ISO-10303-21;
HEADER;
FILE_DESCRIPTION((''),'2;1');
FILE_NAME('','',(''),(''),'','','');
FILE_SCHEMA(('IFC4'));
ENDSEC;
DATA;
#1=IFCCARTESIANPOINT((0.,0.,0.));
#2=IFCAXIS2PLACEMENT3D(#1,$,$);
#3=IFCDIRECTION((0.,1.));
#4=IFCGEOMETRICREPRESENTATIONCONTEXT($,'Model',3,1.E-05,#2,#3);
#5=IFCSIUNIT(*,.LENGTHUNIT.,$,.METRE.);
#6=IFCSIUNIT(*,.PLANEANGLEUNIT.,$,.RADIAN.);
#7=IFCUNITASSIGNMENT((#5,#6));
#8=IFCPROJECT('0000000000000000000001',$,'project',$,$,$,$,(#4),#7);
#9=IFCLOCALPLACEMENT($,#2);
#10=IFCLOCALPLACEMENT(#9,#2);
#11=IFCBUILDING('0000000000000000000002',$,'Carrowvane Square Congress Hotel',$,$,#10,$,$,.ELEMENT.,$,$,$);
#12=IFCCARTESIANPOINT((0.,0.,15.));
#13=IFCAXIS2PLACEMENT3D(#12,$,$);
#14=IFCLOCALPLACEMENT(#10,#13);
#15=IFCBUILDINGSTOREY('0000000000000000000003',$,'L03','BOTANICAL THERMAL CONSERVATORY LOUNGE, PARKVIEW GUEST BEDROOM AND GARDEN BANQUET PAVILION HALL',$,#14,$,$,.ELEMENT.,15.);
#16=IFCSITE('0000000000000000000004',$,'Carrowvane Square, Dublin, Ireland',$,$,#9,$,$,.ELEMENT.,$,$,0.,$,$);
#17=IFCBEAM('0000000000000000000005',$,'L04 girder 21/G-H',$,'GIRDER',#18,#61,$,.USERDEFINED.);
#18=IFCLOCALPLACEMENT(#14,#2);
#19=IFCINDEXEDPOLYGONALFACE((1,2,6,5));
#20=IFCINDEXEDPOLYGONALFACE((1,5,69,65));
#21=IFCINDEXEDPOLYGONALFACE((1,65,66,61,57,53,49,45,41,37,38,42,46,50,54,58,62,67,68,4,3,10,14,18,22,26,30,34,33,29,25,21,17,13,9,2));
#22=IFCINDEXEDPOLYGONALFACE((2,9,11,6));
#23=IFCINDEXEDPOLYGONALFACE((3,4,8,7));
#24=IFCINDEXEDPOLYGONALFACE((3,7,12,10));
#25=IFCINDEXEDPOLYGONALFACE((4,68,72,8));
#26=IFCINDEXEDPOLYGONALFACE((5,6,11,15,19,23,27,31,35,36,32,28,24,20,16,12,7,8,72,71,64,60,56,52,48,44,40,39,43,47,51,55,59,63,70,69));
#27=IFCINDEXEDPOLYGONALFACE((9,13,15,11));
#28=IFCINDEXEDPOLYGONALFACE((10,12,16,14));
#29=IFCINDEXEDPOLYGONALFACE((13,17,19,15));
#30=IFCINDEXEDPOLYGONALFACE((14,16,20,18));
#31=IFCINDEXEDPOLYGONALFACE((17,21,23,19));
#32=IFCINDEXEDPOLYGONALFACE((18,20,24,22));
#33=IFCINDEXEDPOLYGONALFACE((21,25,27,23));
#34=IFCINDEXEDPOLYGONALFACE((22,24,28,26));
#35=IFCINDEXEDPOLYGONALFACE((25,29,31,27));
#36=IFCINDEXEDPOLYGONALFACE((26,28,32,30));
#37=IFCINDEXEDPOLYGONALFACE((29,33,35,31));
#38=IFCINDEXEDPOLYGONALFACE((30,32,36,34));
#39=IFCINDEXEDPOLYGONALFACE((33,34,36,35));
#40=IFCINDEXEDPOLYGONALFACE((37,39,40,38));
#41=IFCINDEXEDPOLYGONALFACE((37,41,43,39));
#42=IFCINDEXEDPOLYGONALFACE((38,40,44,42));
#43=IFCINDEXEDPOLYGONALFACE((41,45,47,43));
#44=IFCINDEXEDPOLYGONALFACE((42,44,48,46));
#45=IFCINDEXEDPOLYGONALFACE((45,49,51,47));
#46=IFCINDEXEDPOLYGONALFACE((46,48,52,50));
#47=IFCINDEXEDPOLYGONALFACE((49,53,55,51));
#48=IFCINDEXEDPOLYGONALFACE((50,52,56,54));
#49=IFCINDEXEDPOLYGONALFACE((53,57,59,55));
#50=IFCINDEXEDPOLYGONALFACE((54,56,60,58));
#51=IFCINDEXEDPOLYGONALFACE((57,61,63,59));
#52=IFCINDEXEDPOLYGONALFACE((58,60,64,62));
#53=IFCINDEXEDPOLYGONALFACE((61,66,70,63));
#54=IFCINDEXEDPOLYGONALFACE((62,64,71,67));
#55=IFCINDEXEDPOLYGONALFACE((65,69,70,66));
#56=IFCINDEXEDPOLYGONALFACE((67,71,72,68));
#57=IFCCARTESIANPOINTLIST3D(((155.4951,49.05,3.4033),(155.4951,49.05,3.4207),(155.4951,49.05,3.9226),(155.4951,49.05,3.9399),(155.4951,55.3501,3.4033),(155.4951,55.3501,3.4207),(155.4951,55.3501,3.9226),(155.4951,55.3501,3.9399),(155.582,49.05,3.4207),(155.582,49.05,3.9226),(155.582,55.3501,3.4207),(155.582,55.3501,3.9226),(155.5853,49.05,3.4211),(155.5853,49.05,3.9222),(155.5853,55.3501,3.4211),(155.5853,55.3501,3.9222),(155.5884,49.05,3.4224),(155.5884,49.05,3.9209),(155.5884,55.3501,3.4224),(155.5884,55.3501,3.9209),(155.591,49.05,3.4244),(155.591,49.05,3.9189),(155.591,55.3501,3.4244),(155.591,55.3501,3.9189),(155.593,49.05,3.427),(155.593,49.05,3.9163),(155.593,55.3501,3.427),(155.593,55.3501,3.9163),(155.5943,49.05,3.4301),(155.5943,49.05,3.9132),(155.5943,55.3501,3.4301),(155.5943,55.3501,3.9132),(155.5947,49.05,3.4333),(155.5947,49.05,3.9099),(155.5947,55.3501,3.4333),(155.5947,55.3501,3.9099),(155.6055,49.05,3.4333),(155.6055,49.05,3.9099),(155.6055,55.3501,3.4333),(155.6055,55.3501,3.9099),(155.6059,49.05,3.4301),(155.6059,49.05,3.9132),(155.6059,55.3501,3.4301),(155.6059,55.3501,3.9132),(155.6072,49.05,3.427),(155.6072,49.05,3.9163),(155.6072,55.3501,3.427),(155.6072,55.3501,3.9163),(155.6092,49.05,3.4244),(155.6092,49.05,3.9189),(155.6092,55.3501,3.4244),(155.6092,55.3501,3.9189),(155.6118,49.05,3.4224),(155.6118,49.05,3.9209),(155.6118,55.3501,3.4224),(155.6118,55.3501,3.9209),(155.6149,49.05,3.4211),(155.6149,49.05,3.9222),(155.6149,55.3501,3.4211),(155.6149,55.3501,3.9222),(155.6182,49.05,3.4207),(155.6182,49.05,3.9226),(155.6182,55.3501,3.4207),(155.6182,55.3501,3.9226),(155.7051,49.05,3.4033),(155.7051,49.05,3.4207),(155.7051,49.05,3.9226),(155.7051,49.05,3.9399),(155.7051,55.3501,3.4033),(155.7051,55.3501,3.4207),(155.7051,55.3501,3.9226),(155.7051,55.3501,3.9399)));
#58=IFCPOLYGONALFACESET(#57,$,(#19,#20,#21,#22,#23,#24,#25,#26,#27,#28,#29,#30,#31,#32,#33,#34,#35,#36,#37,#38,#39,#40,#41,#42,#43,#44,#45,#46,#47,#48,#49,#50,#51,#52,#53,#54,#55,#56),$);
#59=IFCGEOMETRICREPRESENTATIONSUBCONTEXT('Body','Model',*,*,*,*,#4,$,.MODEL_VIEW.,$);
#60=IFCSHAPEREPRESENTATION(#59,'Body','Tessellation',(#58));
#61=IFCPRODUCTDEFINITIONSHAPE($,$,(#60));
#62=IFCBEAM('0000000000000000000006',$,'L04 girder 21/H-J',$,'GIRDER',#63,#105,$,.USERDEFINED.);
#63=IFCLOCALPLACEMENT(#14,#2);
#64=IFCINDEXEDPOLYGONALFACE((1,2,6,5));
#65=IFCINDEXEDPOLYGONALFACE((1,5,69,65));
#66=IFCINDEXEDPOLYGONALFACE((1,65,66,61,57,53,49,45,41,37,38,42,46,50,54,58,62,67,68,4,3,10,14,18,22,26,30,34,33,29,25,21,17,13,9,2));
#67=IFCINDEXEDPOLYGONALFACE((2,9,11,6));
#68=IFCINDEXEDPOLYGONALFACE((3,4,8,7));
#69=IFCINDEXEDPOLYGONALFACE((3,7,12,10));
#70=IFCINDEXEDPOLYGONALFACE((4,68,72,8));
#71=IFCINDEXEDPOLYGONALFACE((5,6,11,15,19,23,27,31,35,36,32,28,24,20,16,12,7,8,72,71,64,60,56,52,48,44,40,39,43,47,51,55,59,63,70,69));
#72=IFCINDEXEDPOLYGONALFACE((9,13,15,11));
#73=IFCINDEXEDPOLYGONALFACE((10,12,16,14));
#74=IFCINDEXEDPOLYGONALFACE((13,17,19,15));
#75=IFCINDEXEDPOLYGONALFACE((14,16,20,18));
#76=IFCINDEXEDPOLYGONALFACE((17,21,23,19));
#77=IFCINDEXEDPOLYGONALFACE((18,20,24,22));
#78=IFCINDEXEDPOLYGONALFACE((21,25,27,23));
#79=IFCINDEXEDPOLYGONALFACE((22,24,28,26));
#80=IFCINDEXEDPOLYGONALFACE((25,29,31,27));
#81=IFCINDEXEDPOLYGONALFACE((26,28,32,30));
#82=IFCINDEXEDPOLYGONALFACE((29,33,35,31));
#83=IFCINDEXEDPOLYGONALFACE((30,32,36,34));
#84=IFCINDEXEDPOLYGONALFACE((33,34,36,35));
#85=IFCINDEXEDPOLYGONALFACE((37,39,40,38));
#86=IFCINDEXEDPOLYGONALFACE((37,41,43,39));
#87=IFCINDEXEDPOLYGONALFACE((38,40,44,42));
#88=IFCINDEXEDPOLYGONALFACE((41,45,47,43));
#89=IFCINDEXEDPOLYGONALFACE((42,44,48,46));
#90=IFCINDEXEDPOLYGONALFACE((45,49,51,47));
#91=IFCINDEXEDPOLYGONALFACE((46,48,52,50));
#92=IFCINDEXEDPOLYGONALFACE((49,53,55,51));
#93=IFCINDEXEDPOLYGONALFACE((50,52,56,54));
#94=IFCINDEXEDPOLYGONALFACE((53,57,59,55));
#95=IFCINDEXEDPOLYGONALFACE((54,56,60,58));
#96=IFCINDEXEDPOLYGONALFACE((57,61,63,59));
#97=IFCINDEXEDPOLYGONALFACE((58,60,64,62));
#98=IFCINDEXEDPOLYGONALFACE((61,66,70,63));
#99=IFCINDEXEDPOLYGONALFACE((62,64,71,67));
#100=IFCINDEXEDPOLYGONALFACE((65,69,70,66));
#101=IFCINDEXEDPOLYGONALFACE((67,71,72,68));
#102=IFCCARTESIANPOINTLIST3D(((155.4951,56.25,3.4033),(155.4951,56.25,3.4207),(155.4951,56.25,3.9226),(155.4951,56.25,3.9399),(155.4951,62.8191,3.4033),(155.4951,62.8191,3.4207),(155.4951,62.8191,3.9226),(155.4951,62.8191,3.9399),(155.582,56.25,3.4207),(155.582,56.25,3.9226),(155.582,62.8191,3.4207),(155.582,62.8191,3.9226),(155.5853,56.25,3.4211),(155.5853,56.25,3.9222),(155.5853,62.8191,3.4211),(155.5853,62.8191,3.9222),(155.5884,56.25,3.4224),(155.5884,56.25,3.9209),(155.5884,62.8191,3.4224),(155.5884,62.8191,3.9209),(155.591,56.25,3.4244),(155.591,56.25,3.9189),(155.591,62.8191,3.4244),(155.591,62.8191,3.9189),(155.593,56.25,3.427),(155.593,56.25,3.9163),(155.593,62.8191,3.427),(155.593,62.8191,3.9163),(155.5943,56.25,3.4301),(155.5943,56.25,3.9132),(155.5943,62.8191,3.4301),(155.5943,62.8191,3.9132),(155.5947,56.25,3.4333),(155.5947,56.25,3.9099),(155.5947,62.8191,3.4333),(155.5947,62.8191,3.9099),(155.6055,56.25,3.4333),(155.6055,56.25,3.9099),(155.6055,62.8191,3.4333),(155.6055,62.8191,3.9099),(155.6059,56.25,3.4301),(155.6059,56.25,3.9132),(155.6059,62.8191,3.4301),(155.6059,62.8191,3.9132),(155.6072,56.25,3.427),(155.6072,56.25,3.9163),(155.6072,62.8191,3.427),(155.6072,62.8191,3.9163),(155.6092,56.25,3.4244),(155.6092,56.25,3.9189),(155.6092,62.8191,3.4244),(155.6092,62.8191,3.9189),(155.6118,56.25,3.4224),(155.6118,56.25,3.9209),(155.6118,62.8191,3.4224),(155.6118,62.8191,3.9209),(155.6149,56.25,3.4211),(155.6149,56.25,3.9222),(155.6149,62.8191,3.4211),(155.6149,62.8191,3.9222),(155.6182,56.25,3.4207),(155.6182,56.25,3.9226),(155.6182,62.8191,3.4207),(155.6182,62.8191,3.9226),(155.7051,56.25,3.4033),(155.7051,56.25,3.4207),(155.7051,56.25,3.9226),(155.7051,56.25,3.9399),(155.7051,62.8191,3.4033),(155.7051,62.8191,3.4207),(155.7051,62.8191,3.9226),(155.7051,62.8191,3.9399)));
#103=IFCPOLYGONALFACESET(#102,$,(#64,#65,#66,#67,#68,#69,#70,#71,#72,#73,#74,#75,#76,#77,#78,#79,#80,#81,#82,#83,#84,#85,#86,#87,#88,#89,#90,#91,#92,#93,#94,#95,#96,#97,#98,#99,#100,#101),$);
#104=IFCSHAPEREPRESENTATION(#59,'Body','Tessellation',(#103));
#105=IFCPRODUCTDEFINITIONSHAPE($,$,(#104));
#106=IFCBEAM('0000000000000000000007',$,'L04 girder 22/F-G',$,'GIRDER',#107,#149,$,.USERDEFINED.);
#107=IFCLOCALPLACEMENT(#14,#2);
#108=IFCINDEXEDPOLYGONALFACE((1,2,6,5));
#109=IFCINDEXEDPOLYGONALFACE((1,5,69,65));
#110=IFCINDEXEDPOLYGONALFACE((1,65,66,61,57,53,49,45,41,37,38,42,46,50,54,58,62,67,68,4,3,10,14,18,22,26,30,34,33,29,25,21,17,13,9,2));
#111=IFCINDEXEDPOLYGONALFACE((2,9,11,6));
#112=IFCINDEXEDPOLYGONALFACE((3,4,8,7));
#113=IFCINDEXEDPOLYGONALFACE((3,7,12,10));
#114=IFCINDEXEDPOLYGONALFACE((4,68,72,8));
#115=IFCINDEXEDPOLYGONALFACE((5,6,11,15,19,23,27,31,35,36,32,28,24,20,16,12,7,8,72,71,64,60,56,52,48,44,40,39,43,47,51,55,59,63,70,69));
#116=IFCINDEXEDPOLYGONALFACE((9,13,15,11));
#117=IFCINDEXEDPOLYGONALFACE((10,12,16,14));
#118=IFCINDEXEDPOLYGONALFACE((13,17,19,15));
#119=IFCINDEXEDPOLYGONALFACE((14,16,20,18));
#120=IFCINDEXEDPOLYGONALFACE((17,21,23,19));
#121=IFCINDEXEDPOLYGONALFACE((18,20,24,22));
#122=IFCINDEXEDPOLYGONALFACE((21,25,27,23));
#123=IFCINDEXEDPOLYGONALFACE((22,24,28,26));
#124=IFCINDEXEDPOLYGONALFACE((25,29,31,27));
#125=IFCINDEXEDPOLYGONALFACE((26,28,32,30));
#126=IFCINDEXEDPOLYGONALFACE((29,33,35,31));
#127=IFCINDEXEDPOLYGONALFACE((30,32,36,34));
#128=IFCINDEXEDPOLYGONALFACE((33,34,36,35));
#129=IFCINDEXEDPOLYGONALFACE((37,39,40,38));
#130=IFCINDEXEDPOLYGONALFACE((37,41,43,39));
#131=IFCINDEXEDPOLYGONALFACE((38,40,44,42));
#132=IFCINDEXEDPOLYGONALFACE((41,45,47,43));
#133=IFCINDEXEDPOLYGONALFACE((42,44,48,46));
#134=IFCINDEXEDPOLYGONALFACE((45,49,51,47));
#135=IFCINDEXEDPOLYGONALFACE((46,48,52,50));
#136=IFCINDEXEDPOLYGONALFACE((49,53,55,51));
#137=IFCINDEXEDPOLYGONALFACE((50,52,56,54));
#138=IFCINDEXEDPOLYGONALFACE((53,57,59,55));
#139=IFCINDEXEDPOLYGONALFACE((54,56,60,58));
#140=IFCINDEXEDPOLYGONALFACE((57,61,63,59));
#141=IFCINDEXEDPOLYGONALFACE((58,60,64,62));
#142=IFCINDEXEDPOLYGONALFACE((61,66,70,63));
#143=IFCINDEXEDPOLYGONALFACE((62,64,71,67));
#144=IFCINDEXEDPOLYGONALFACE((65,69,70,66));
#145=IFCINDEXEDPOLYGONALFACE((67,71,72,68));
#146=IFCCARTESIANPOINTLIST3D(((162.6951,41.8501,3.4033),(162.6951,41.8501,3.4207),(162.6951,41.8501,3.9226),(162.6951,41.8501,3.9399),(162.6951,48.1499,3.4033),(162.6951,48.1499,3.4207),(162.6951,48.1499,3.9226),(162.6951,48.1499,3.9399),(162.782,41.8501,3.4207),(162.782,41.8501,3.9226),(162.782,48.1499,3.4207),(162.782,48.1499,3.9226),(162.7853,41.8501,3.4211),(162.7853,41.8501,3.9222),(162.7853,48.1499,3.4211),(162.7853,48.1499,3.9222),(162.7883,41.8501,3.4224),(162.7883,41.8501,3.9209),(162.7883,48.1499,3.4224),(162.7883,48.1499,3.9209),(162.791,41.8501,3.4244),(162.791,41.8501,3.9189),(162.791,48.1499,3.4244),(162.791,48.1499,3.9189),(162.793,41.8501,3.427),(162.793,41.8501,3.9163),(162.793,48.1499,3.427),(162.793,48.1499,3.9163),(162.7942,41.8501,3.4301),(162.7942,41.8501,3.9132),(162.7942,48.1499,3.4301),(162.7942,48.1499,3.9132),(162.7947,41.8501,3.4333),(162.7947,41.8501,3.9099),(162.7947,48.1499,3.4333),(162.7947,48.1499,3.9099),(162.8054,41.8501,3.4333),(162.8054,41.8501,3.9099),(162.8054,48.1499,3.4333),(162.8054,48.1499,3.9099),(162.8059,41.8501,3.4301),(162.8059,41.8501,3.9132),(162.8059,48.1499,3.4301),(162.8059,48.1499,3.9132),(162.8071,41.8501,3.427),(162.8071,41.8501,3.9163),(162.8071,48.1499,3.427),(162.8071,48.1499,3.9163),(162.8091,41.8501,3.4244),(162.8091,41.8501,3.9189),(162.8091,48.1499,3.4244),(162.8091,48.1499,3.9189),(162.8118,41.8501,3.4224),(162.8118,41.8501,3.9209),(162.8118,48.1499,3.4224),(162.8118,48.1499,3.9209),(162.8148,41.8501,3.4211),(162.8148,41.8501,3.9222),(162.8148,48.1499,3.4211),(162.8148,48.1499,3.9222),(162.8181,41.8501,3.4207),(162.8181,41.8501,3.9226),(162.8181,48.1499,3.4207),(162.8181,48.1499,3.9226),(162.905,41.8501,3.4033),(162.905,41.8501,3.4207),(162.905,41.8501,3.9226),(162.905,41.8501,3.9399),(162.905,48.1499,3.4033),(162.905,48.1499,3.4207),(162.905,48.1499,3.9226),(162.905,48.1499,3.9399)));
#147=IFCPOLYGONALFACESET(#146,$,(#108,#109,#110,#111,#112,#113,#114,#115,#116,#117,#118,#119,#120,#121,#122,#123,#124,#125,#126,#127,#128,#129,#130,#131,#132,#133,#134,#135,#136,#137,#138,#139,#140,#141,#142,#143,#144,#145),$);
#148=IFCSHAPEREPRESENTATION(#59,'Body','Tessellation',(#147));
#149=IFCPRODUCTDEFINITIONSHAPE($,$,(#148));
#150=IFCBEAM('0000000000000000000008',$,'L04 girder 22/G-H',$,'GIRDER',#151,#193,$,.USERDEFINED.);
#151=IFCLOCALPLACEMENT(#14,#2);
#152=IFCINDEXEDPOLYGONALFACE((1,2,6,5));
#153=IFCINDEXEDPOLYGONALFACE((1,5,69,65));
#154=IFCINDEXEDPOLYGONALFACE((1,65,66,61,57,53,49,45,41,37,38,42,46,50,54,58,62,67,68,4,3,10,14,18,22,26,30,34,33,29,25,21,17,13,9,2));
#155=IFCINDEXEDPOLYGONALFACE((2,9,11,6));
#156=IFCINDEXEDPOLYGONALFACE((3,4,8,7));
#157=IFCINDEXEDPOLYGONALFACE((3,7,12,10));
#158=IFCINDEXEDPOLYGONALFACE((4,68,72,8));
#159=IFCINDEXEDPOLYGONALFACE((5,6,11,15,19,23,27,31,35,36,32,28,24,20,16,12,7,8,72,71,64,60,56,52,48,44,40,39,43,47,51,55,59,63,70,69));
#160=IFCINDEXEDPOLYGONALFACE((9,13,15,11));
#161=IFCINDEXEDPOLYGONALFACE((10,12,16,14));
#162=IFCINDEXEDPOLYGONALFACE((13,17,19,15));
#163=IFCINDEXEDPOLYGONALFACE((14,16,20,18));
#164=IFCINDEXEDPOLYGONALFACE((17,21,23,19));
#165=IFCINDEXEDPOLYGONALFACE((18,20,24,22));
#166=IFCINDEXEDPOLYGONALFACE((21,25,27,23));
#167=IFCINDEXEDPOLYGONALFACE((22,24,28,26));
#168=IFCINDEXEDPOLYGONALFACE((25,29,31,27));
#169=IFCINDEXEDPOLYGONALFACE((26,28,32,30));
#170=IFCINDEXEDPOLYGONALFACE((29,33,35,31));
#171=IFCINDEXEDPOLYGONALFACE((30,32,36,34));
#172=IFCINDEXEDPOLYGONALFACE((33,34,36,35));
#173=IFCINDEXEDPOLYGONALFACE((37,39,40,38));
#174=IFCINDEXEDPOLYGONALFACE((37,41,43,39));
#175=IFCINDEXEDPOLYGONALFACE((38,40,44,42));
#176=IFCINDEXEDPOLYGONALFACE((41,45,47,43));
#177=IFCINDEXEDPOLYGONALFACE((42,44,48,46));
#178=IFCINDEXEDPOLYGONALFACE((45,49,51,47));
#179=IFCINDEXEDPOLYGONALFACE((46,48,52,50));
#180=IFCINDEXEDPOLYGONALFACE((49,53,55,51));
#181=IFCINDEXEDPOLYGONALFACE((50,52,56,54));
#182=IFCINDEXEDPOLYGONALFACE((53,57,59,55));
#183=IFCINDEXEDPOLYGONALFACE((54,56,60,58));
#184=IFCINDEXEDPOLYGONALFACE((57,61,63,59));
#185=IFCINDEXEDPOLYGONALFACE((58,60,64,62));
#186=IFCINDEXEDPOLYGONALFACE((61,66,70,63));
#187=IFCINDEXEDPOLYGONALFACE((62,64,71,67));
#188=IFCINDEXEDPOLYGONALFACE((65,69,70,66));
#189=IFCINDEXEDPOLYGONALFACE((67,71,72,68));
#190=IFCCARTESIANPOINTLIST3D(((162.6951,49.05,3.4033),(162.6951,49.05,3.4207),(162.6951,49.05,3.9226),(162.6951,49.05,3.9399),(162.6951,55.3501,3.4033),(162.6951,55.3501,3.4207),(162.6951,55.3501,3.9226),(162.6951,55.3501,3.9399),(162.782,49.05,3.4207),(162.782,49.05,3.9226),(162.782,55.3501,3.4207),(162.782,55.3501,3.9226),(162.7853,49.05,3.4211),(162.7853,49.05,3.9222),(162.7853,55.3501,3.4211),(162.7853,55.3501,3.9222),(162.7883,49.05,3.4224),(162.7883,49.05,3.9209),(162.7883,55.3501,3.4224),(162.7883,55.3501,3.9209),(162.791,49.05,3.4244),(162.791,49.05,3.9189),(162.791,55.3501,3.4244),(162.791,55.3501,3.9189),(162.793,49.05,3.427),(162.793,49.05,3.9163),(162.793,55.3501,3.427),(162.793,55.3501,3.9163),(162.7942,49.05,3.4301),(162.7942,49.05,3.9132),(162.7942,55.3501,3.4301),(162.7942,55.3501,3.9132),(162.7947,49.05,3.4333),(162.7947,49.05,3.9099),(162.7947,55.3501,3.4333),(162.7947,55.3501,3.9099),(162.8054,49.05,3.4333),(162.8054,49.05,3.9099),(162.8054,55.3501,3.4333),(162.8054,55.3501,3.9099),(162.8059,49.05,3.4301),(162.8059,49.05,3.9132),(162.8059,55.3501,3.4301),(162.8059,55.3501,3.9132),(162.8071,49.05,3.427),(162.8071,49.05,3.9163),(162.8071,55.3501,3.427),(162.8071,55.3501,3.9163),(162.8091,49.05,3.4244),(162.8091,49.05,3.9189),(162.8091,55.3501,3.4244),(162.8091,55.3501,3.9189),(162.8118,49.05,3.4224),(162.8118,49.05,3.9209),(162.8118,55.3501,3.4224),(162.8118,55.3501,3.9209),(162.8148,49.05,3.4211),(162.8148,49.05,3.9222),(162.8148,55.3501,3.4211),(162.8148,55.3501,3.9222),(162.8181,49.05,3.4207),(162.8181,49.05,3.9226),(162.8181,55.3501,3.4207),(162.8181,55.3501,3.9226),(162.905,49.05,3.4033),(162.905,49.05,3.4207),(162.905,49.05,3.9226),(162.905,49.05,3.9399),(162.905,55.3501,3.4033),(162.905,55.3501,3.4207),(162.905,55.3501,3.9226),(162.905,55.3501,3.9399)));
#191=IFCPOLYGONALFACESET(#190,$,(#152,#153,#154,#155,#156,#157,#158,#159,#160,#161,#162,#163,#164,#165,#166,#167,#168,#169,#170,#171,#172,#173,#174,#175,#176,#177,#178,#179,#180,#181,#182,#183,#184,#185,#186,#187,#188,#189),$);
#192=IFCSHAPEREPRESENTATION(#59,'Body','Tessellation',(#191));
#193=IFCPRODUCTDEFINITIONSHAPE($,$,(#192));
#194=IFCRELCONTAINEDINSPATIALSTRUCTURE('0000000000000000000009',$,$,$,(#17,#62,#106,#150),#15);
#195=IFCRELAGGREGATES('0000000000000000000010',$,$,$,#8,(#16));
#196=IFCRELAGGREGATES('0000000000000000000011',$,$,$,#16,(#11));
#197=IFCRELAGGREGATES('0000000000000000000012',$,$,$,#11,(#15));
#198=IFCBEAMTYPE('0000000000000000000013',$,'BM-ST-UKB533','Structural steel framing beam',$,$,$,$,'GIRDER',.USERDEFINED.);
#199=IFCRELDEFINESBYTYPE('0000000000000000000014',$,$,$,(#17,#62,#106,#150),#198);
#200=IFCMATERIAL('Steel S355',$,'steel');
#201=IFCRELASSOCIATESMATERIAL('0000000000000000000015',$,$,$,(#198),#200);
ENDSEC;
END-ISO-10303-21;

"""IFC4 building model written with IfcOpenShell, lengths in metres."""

from ifc_helpers import new_model, si_unit, direction, frame, origin, origin_2d, place, context, subcontext, project, spatial, i_section, extrude, material, material_profile, profile_set, type_object, element, save


model = new_model("IFC4")

# Units and contexts
model_context = context("Model", 3, precision=1e-05, world=origin(), true_north=direction((0.0, 1.0)))
body_context = subcontext(model_context, "Body", "Model", "MODEL_VIEW")
ifc_project = project(units=[si_unit("LENGTHUNIT", "METRE"), si_unit("PLANEANGLEUNIT", "RADIAN")], contexts=[model_context])

# Site, building, storey
site_placement = place(None, origin())
site = spatial("IfcSite", under=ifc_project, at=site_placement, Name="Carrowvane Square, Dublin, Ireland", CompositionType="ELEMENT", RefElevation=0.0)
building_placement = place(site_placement, origin())
building = spatial("IfcBuilding", under=site, at=building_placement, Name="Carrowvane Square Congress Hotel", CompositionType="ELEMENT")
storey_placement = place(building_placement, frame((0.0, 0.0, 15.0)))
storey = spatial("IfcBuildingStorey", under=building, at=storey_placement, Name="L03", Description="BOTANICAL THERMAL CONSERVATORY LOUNGE, PARKVIEW GUEST BEDROOM AND GARDEN BANQUET PAVILION HALL", CompositionType="ELEMENT", Elevation=15.0)

# Beams
ifc_material_1 = material(Name="Steel S355", Category="steel")
ifc_material_profile_1 = material_profile(ifc_material_1, i_section(OverallWidth=0.21, OverallDepth=0.5366, WebThickness=0.0107, FlangeThickness=0.0173, FilletRadius=0.0127, at=origin_2d()), Name="UKB 533x210x101")
ifc_profile_set_1 = profile_set([ifc_material_profile_1], Name="Steel S355")
beam_type_1 = type_object("IfcBeamType", Name="BM-ST-UKB533", Description="Structural steel framing beam", ElementType="GIRDER", PredefinedType="USERDEFINED", material=ifc_profile_set_1)
beam_1_placement = place(storey_placement, frame((155.6001, 49.05, 3.6716), z_axis=(0.0, 1.0, 0.0), x_axis=(-1.0, 0.0, 0.0)))
element("IfcBeam", 1, at=beam_1_placement, inside=storey, type_object=beam_type_1, Name="L04 girder 21/G-H", ObjectType="GIRDER", PredefinedType="USERDEFINED", context=body_context, shape_type="SweptSolid", body=[
    extrude(i_section(OverallWidth=0.21, OverallDepth=0.5366, WebThickness=0.0107, FlangeThickness=0.0173, FilletRadius=0.0127, at=origin_2d()), origin(), (0.0, 0.0, 1.0), 6.3),
])
beam_2_placement = place(storey_placement, frame((155.6001, 56.25, 3.6716), z_axis=(0.0, 1.0, 0.0), x_axis=(-1.0, 0.0, 0.0)))
element("IfcBeam", 2, at=beam_2_placement, inside=storey, type_object=beam_type_1, Name="L04 girder 21/H-J", ObjectType="GIRDER", PredefinedType="USERDEFINED", context=body_context, shape_type="SweptSolid", body=[
    extrude(i_section(OverallWidth=0.21, OverallDepth=0.5366, WebThickness=0.0107, FlangeThickness=0.0173, FilletRadius=0.0127, at=origin_2d()), origin(), (0.0, 0.0, 1.0), 6.5691),
])
beam_3_placement = place(storey_placement, frame((162.8, 41.8501, 3.6716), z_axis=(0.0, 1.0, 0.0), x_axis=(-1.0, 0.0, 0.0)))
element("IfcBeam", 3, at=beam_3_placement, inside=storey, type_object=beam_type_1, Name="L04 girder 22/F-G", ObjectType="GIRDER", PredefinedType="USERDEFINED", context=body_context, shape_type="SweptSolid", body=[
    extrude(i_section(OverallWidth=0.21, OverallDepth=0.5366, WebThickness=0.0107, FlangeThickness=0.0173, FilletRadius=0.0127, at=origin_2d()), origin(), (0.0, 0.0, 1.0), 6.2998),
])
beam_4_placement = place(storey_placement, frame((162.8, 49.05, 3.6716), z_axis=(0.0, 1.0, 0.0), x_axis=(-1.0, 0.0, 0.0)))
element("IfcBeam", 4, at=beam_4_placement, inside=storey, type_object=beam_type_1, Name="L04 girder 22/G-H", ObjectType="GIRDER", PredefinedType="USERDEFINED", context=body_context, shape_type="SweptSolid", body=[
    extrude(i_section(OverallWidth=0.21, OverallDepth=0.5366, WebThickness=0.0107, FlangeThickness=0.0173, FilletRadius=0.0127, at=origin_2d()), origin(), (0.0, 0.0, 1.0), 6.3),
])

save(model, "model.ifc")
